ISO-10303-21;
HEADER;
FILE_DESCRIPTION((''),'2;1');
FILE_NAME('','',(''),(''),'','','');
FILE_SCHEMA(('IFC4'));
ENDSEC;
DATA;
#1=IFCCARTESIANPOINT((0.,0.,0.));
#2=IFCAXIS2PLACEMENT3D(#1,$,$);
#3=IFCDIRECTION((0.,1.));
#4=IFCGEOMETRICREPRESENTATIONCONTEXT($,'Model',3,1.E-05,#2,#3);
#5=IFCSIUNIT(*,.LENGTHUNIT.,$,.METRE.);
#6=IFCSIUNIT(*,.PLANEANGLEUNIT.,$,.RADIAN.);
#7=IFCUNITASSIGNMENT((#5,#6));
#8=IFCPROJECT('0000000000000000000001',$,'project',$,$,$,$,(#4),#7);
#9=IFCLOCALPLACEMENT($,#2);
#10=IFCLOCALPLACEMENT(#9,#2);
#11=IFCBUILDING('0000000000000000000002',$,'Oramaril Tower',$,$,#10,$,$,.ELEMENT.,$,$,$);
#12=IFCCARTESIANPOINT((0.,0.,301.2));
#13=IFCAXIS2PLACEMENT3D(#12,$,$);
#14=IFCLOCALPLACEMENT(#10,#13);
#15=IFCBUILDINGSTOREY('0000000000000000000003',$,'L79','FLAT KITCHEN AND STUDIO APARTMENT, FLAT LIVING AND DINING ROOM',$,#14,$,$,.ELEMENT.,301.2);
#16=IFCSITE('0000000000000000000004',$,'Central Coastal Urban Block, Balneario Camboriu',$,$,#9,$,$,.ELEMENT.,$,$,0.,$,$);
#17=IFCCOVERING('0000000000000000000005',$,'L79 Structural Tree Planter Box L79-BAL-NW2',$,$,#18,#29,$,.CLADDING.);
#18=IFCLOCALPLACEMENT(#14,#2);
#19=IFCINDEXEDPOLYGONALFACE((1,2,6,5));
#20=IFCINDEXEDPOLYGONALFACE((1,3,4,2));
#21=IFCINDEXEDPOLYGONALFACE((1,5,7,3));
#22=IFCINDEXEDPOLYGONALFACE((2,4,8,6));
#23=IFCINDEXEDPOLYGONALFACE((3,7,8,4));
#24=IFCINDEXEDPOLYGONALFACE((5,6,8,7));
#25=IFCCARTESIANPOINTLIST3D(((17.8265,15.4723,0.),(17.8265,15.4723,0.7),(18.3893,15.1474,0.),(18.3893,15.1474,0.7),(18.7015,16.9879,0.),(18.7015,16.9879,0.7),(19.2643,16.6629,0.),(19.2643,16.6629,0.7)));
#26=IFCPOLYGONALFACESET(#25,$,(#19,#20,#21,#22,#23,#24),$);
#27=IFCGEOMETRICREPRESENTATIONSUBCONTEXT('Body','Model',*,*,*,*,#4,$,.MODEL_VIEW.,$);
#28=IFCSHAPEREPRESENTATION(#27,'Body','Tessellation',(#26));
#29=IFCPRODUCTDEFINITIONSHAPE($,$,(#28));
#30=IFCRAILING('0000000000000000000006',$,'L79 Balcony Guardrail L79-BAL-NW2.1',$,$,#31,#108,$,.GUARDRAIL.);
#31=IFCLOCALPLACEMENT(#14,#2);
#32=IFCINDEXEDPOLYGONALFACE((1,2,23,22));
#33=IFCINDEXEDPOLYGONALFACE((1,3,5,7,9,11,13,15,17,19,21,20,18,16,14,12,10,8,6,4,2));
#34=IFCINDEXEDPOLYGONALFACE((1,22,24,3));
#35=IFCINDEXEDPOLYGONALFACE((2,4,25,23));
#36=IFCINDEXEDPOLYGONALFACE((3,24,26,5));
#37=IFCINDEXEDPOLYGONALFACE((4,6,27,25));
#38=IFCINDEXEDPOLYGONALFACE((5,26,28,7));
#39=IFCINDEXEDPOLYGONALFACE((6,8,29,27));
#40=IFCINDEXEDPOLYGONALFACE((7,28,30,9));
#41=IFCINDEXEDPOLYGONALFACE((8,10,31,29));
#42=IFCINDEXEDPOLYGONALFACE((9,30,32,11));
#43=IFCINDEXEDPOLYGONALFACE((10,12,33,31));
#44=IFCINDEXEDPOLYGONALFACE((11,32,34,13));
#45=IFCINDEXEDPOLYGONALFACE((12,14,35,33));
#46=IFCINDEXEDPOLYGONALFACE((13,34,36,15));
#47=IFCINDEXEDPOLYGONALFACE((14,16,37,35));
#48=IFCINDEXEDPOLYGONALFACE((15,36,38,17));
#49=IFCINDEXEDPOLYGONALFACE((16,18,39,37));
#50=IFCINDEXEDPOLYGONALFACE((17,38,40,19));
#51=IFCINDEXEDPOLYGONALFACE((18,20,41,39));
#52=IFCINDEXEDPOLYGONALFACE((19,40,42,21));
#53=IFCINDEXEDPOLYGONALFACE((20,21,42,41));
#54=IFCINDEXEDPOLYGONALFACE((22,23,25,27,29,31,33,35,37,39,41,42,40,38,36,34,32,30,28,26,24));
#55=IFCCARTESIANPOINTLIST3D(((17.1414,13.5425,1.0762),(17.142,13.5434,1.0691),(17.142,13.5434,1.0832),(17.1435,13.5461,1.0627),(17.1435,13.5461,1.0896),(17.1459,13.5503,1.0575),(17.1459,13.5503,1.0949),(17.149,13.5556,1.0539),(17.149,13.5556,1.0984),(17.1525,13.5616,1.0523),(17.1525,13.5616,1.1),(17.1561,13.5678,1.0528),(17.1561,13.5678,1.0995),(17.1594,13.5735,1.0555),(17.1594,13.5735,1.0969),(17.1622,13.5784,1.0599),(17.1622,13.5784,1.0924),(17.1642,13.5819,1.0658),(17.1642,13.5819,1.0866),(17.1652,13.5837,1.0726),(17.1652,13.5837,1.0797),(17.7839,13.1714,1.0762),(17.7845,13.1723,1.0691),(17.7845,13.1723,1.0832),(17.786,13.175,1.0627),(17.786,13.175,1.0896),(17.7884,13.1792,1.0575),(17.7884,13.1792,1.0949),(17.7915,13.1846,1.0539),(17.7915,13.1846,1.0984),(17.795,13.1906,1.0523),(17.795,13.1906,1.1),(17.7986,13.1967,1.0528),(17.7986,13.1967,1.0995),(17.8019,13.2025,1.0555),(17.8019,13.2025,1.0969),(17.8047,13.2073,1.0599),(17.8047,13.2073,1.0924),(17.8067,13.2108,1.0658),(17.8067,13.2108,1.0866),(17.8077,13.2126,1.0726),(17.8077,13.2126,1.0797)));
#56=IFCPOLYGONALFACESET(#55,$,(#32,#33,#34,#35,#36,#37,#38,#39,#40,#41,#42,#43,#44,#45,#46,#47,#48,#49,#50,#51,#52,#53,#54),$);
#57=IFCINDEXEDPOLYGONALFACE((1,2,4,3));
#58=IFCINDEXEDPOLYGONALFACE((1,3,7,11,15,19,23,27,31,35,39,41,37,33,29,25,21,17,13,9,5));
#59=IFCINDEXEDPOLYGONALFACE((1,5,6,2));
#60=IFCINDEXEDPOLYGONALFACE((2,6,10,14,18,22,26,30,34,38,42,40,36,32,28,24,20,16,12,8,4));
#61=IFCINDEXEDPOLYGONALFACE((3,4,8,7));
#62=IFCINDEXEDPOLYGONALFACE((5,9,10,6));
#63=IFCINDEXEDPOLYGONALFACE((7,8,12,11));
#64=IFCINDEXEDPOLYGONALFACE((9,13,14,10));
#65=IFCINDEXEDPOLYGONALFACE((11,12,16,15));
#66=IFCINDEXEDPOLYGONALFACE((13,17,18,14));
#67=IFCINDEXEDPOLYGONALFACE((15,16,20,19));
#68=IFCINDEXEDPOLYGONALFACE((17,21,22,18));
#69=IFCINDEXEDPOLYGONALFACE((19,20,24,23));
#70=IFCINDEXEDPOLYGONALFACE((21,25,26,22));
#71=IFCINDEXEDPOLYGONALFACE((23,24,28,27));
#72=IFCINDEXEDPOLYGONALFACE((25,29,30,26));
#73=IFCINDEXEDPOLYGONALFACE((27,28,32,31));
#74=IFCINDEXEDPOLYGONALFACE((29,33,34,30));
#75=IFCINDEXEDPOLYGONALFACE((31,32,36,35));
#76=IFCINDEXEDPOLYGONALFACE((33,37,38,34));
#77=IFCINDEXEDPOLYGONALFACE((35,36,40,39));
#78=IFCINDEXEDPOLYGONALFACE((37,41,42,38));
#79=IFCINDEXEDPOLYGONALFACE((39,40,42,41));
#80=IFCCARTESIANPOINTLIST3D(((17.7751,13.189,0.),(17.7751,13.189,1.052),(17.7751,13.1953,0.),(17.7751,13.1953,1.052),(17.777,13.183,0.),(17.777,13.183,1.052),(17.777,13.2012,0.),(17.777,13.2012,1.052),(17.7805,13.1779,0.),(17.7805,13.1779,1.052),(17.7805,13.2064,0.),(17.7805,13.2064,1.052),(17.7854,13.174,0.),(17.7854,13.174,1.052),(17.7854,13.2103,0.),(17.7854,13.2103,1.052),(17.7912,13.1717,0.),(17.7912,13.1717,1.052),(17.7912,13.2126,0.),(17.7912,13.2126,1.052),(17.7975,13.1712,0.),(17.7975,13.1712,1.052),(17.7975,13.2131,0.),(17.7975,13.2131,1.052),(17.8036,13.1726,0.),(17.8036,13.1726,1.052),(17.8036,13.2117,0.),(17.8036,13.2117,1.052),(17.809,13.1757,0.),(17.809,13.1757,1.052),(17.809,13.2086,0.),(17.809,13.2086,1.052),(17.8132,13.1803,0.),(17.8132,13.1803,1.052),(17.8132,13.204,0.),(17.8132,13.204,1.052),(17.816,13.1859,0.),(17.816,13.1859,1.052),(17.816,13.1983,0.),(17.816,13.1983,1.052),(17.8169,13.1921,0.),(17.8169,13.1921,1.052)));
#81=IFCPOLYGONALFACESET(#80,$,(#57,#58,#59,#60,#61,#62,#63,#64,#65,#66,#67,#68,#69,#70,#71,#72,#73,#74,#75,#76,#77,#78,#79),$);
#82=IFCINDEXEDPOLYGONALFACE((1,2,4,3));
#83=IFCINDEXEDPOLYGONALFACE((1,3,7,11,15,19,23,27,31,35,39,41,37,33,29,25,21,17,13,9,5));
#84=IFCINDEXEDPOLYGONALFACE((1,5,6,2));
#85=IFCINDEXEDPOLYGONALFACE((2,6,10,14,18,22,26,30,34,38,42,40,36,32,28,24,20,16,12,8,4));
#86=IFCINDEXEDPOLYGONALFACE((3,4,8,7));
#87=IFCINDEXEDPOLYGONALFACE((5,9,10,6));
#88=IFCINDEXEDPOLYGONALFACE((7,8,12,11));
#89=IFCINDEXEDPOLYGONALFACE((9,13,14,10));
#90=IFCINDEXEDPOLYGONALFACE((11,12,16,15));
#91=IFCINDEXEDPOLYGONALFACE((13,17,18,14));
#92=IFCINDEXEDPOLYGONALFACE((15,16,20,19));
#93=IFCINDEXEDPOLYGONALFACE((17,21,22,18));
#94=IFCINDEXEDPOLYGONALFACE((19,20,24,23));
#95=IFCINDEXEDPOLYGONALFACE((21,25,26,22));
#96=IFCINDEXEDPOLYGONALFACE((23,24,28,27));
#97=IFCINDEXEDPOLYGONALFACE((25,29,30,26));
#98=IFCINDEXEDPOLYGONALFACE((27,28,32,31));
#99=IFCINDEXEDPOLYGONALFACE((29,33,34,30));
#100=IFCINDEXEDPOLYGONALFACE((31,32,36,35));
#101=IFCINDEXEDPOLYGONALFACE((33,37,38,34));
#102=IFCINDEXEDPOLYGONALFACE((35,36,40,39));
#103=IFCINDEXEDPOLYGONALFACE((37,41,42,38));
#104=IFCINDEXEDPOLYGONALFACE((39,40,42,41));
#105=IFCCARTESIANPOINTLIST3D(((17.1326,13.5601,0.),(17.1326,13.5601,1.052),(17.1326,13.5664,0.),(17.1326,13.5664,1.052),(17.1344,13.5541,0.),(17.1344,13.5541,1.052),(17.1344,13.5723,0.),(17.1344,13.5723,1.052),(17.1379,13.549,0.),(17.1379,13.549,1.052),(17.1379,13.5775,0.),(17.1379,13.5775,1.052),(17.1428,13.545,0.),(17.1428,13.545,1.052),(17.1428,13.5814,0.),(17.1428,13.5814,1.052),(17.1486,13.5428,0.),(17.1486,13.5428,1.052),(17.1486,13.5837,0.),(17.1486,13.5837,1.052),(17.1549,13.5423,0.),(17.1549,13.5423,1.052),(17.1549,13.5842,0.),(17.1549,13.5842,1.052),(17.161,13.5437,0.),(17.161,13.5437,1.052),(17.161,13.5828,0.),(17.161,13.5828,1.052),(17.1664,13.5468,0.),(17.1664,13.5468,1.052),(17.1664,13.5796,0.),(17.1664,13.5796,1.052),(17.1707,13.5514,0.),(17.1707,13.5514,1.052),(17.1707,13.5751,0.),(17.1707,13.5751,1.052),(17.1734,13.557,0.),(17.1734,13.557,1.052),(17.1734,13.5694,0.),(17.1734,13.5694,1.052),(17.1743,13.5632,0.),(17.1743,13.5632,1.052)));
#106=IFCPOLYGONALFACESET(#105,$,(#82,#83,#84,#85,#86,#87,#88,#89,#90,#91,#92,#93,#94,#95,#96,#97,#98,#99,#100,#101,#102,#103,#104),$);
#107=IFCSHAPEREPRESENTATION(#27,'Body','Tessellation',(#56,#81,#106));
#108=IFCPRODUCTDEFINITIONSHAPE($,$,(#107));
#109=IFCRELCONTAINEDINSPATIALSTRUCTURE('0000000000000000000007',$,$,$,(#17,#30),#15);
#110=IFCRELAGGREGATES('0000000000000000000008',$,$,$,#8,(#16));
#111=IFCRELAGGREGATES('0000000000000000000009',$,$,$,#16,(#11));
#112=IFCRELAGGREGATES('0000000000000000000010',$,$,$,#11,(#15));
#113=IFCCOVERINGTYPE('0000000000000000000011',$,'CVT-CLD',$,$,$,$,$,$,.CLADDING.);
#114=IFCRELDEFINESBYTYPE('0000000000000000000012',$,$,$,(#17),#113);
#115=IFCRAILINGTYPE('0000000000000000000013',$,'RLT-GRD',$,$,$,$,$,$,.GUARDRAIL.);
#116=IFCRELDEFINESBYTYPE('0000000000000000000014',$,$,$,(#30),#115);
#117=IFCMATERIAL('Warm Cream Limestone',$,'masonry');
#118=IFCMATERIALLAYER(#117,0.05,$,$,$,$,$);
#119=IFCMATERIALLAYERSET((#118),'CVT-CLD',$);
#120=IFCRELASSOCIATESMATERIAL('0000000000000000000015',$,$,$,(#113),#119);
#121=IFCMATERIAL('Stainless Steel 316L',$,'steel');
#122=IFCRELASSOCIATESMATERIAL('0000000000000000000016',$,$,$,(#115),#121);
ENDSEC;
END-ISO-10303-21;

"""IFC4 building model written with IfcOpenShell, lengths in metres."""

from ifc_helpers import new_model, si_unit, direction, frame, origin, origin_2d, place, context, subcontext, project, spatial, rectangle, circle, extrude, material, layer, layer_set, type_object, element, save


model = new_model("IFC4")

# Units and contexts
model_context = context("Model", 3, precision=1e-05, world=origin(), true_north=direction((0.0, 1.0)))
body_context = subcontext(model_context, "Body", "Model", "MODEL_VIEW")
ifc_project = project(units=[si_unit("LENGTHUNIT", "METRE"), si_unit("PLANEANGLEUNIT", "RADIAN")], contexts=[model_context])

# Site, building, storey
site_placement = place(None, origin())
site = spatial("IfcSite", under=ifc_project, at=site_placement, Name="Central Coastal Urban Block, Balneario Camboriu", CompositionType="ELEMENT", RefElevation=0.0)
building_placement = place(site_placement, origin())
building = spatial("IfcBuilding", under=site, at=building_placement, Name="Oramaril Tower", CompositionType="ELEMENT")
storey_placement = place(building_placement, frame((0.0, 0.0, 301.2)))
storey = spatial("IfcBuildingStorey", under=building, at=storey_placement, Name="L79", Description="FLAT KITCHEN AND STUDIO APARTMENT, FLAT LIVING AND DINING ROOM", CompositionType="ELEMENT", Elevation=301.2)

# Covering
ifc_material_1 = material(Name="Warm Cream Limestone", Category="masonry")
ifc_layer_1 = layer(ifc_material_1, 0.05)
ifc_layer_set_1 = layer_set([ifc_layer_1], Name="CVT-CLD")
covering_type = type_object("IfcCoveringType", Name="CVT-CLD", PredefinedType="CLADDING", material=ifc_layer_set_1)
covering_1_placement = place(storey_placement, frame((18.5454, 16.0676, 0.0), z_axis=(0.0, 0.0, 1.0), x_axis=(-0.500002, -0.866025, 0.0)))
element("IfcCovering", 1, at=covering_1_placement, inside=storey, type_object=covering_type, Name="L79 Structural Tree Planter Box L79-BAL-NW2", PredefinedType="CLADDING", context=body_context, shape_type="SweptSolid", body=[
    extrude(rectangle(XDim=1.75, YDim=0.6499, at=origin_2d()), origin(), (0.0, 0.0, 1.0), 0.7),
])

# Railing
ifc_material_2 = material(Name="Stainless Steel 316L", Category="steel")
railing_type_1 = type_object("IfcRailingType", Name="RLT-GRD", PredefinedType="GUARDRAIL", material=ifc_material_2)
railing_1_placement = place(storey_placement, frame((17.7959, 13.1921, 0.0)))
element("IfcRailing", 2, at=railing_1_placement, inside=storey, type_object=railing_type_1, Name="L79 Balcony Guardrail L79-BAL-NW2.1", PredefinedType="GUARDRAIL", context=body_context, shape_type="SweptSolid", body=[
    extrude(circle(Radius=0.0239, at=origin_2d()), frame((0.0, 0.0, 1.0762), z_axis=(-0.865966, 0.500102, 0.0), x_axis=(-0.500102, -0.865966, 0.0)), (0.0, 0.0, 1.0), 0.7419),
    extrude(circle(Radius=0.021, at=origin_2d()), origin(), (0.0, 0.0, 1.0), 1.052),
    extrude(circle(Radius=0.021, at=origin_2d()), frame((-0.6426, 0.3711, 0.0)), (0.0, 0.0, 1.0), 1.052),
])

save(model, "model.ifc")
